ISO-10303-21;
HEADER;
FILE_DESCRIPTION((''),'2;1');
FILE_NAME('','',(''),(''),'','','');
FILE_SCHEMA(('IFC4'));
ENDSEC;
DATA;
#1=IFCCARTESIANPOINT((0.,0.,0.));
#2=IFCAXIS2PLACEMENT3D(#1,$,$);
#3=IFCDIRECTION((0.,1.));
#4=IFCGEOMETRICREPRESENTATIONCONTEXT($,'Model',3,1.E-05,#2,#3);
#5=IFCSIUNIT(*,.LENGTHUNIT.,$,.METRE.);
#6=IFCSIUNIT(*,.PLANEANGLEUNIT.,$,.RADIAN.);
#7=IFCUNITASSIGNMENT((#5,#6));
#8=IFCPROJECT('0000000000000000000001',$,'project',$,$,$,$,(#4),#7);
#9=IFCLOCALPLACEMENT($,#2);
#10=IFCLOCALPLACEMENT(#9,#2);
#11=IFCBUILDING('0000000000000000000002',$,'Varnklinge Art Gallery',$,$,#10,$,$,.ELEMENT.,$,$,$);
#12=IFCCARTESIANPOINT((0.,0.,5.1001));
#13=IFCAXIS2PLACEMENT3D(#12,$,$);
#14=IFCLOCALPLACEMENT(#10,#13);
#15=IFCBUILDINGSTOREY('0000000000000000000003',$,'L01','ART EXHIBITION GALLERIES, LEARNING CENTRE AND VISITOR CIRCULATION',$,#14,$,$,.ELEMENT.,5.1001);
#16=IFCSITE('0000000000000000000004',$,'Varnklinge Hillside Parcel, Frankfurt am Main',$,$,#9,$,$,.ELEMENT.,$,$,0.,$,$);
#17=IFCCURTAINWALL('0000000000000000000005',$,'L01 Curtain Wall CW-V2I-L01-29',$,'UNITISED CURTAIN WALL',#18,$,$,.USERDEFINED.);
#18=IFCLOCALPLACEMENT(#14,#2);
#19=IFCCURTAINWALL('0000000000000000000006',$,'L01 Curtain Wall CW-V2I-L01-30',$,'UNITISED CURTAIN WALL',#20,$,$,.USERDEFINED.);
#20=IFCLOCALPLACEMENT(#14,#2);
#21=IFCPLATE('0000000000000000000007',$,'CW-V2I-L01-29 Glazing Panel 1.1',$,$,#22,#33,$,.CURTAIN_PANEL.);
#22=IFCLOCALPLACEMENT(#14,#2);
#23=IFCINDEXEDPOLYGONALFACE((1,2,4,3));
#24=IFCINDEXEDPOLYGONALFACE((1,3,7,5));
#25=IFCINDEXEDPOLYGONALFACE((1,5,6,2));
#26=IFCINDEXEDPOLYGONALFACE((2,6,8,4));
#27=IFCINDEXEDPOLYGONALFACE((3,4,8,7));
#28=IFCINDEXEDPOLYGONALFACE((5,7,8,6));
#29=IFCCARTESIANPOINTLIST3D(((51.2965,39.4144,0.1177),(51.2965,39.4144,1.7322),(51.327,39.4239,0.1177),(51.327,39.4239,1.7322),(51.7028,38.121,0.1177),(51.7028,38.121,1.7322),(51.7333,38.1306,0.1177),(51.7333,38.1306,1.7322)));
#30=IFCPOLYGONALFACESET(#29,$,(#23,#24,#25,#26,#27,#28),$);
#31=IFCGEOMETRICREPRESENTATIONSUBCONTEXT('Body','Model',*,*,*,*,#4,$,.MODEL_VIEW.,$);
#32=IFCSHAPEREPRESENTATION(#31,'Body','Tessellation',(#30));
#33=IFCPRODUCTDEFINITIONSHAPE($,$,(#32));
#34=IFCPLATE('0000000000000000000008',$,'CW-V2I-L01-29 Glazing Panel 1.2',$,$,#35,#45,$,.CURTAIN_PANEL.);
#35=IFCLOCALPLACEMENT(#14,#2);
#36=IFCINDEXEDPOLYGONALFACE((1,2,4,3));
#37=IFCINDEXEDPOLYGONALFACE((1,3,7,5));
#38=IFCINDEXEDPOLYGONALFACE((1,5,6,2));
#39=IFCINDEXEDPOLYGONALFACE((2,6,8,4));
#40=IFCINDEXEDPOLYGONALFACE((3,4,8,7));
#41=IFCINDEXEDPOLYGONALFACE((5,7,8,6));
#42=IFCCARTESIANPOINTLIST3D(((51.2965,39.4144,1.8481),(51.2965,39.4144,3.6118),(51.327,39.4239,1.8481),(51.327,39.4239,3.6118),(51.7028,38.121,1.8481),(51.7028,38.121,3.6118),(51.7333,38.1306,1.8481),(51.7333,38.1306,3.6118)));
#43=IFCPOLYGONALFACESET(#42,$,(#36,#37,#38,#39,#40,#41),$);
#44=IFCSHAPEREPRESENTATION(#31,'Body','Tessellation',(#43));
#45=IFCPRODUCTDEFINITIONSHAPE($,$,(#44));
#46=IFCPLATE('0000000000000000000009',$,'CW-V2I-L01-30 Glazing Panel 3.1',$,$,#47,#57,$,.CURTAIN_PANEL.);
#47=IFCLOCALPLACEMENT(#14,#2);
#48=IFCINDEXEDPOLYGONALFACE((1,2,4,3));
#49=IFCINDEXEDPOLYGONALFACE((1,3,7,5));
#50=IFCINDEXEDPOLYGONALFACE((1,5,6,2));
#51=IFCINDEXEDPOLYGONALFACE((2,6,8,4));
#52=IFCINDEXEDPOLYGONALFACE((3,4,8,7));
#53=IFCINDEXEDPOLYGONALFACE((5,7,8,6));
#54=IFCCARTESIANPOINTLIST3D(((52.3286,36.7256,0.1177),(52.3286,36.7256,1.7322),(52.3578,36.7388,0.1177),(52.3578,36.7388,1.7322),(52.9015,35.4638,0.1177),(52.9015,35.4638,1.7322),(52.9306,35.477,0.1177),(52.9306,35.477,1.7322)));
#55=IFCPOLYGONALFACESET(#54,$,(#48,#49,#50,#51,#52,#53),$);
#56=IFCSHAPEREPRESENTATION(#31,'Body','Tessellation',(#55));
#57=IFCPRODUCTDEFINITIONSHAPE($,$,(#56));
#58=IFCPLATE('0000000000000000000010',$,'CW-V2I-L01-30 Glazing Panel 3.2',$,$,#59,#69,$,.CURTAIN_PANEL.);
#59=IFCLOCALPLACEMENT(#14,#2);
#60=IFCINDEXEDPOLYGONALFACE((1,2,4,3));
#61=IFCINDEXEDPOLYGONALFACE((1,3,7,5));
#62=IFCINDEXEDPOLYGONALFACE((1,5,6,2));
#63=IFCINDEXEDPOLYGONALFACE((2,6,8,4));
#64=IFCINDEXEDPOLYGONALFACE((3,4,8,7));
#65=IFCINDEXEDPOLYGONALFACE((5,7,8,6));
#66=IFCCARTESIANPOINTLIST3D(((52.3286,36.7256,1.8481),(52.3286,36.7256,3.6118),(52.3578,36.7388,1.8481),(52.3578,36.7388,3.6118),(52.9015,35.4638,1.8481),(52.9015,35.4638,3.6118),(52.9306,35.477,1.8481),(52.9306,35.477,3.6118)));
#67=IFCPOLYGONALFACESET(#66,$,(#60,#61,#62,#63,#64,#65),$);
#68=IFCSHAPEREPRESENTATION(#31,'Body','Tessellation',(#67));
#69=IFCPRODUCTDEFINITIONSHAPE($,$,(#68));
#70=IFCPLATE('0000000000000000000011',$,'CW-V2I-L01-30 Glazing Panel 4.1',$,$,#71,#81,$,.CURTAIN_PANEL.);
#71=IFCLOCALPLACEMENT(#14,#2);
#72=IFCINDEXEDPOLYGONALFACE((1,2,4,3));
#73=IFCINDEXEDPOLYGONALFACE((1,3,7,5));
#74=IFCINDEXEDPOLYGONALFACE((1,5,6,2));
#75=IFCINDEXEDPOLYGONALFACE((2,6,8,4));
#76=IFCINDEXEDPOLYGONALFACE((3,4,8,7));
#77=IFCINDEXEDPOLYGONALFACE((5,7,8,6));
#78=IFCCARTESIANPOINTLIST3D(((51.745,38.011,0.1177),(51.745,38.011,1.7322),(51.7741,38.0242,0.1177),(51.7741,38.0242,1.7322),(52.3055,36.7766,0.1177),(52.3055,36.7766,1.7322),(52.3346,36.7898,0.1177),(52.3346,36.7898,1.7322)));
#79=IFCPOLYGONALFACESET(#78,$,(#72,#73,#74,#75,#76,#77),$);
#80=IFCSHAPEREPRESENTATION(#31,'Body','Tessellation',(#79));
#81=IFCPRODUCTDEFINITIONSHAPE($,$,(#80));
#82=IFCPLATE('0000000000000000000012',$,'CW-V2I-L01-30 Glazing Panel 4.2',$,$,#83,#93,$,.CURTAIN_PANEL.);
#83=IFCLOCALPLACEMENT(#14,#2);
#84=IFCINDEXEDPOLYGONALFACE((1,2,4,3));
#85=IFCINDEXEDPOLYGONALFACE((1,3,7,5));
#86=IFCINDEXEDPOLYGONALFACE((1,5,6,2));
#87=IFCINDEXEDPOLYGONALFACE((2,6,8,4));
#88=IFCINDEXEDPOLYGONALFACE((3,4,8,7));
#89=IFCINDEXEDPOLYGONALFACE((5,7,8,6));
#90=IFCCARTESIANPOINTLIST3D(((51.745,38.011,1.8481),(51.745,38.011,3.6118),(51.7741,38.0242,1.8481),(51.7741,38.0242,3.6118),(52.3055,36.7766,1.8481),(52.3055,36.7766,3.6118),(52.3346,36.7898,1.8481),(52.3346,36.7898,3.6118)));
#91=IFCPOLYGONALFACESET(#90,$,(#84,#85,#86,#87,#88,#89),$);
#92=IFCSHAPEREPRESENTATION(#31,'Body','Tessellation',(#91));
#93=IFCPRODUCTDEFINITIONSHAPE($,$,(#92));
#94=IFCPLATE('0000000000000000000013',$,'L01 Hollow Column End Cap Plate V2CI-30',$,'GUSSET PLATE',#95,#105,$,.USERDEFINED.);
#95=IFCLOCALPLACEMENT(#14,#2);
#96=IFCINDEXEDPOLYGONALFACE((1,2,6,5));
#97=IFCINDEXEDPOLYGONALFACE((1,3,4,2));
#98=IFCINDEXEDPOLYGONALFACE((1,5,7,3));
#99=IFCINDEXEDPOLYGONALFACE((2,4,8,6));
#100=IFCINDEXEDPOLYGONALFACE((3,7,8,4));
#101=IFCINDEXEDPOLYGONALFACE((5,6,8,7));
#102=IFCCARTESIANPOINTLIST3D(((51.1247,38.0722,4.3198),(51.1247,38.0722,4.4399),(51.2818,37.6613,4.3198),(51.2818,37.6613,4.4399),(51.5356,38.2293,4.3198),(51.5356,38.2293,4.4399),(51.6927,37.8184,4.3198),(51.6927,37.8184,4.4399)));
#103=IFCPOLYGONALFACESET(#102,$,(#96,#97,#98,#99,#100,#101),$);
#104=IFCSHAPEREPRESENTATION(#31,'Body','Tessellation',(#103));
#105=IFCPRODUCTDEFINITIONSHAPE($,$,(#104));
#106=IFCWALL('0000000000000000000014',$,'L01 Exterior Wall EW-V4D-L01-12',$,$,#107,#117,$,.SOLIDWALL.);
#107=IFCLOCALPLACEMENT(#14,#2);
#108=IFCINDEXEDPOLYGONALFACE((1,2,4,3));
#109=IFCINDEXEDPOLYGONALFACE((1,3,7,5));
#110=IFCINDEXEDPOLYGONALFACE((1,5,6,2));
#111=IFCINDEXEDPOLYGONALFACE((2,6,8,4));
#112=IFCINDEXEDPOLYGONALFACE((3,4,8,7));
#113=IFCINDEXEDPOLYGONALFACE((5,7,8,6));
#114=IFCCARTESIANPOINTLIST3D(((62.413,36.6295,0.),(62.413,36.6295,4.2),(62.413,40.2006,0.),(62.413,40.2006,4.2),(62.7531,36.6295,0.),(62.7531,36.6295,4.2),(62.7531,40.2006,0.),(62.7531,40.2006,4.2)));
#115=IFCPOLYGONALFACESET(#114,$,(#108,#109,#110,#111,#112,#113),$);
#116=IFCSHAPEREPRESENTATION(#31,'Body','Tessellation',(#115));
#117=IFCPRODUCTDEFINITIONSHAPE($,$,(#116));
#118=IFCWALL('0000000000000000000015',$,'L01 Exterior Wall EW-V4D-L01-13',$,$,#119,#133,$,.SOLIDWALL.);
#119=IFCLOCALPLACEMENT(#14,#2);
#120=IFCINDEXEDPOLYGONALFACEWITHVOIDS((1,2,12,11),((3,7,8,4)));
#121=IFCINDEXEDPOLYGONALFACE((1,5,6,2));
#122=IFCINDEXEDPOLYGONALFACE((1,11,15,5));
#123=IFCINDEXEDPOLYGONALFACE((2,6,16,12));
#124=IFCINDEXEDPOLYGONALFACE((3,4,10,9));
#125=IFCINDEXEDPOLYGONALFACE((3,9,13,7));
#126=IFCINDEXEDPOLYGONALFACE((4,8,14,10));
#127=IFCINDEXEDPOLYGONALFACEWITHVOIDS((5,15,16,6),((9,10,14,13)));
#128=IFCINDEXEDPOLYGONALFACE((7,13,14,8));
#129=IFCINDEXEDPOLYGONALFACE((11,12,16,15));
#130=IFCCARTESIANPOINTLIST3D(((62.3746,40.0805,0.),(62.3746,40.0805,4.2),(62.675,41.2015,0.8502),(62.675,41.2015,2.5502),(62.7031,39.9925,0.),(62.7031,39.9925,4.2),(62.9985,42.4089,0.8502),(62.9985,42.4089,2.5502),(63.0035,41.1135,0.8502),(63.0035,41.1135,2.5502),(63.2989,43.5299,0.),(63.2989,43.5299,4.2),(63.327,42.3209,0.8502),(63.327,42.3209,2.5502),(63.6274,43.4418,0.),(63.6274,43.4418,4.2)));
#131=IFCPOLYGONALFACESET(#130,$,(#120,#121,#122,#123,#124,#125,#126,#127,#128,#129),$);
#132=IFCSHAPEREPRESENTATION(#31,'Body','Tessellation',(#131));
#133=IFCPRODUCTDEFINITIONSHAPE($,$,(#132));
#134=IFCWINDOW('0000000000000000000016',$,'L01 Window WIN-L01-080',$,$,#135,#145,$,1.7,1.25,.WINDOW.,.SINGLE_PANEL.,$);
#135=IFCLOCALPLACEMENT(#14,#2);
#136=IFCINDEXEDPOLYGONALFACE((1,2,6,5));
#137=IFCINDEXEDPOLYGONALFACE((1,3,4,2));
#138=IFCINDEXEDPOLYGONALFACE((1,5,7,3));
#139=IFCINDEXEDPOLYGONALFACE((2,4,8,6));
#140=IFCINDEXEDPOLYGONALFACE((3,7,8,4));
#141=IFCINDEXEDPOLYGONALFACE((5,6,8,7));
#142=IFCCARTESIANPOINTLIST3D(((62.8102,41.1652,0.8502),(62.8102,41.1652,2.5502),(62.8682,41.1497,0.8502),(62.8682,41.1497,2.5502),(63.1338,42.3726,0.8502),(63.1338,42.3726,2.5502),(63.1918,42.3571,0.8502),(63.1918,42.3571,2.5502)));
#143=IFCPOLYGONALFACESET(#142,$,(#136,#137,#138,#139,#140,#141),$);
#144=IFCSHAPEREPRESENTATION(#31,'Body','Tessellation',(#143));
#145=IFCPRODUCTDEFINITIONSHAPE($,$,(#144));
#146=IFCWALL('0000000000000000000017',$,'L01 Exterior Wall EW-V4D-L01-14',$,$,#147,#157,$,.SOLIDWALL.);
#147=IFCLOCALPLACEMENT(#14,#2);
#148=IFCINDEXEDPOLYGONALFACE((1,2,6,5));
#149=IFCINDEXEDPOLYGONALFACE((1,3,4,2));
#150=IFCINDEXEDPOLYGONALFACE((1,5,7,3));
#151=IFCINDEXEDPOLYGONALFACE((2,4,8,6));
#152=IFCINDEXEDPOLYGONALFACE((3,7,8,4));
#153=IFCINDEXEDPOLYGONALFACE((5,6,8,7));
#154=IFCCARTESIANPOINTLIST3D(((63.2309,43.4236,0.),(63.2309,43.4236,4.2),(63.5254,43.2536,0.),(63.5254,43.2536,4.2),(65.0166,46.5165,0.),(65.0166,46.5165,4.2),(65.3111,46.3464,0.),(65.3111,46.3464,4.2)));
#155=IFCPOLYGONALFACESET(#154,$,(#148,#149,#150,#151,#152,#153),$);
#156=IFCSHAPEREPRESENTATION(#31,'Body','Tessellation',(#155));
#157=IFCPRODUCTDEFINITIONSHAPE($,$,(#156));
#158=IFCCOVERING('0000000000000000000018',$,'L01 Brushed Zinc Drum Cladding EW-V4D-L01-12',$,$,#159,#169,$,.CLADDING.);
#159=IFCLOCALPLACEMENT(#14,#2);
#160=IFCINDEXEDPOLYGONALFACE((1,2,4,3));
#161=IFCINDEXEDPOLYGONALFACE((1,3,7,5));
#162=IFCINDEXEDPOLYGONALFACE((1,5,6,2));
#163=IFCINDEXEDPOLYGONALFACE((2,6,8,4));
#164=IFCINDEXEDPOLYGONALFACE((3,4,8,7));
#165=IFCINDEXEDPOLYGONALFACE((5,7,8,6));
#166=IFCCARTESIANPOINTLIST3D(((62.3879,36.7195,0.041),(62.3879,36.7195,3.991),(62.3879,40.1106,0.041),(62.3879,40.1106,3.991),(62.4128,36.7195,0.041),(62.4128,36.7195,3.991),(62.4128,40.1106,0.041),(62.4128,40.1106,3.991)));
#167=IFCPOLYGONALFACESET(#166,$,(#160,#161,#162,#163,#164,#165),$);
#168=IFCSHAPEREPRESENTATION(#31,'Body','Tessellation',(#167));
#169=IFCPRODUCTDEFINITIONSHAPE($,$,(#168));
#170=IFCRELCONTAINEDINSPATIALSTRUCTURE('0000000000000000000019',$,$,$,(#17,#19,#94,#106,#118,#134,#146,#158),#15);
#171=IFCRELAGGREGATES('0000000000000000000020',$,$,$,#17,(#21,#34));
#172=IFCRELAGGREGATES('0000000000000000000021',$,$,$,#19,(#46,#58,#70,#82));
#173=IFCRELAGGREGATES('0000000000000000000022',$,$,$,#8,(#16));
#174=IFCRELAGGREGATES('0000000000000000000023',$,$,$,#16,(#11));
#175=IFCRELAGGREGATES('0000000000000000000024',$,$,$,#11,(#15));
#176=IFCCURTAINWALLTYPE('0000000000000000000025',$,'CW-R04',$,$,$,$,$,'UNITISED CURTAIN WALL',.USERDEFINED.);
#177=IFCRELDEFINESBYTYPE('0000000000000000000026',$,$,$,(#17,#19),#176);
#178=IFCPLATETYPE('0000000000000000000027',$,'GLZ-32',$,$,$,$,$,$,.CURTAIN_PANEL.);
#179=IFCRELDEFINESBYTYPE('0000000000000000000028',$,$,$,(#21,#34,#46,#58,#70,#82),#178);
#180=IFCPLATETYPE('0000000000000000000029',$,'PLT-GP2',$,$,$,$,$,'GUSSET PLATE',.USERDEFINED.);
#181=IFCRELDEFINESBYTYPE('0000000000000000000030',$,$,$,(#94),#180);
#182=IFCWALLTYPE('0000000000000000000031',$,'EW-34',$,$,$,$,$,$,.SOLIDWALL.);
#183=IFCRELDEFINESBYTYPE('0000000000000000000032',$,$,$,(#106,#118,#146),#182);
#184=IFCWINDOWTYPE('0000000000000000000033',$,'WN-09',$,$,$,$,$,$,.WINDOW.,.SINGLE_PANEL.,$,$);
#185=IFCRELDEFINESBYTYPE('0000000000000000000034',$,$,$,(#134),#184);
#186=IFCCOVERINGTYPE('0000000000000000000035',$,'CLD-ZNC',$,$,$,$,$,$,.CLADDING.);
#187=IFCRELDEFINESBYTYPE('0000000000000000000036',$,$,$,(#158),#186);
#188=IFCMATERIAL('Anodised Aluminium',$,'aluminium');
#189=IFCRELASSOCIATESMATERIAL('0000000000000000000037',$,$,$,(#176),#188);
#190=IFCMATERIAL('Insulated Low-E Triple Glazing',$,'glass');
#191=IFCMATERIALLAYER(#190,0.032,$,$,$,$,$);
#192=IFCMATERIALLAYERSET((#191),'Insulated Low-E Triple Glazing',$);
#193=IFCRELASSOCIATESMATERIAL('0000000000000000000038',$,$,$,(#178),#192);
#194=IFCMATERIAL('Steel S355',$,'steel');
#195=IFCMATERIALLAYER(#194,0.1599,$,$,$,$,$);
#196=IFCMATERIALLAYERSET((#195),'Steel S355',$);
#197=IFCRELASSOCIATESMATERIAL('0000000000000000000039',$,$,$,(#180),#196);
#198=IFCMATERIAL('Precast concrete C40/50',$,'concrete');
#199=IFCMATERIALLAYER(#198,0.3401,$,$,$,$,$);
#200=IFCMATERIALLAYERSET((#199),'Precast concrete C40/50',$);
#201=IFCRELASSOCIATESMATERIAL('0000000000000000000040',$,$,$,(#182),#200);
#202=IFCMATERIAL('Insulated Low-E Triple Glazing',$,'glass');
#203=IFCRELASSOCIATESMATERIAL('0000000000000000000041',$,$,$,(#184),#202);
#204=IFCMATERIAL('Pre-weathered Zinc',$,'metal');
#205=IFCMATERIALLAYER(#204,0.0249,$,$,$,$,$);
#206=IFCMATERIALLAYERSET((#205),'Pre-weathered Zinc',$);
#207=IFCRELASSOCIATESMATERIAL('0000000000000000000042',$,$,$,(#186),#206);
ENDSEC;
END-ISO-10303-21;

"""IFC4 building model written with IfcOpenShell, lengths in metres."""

from ifc_helpers import new_model, si_unit, direction, frame, frame_2d, origin, origin_2d, place, context, subcontext, project, spatial, rectangle, extrude, material, layer, layer_set, type_object, element, fill, aggregate, save


model = new_model("IFC4")

# Units and contexts
model_context = context("Model", 3, precision=1e-05, world=origin(), true_north=direction((0.0, 1.0)))
body_context = subcontext(model_context, "Body", "Model", "MODEL_VIEW")
ifc_project = project(units=[si_unit("LENGTHUNIT", "METRE"), si_unit("PLANEANGLEUNIT", "RADIAN")], contexts=[model_context])

# Site, building, storey
site_placement = place(None, origin())
site = spatial("IfcSite", under=ifc_project, at=site_placement, Name="Varnklinge Hillside Parcel, Frankfurt am Main", CompositionType="ELEMENT", RefElevation=0.0)
building_placement = place(site_placement, origin())
building = spatial("IfcBuilding", under=site, at=building_placement, Name="Varnklinge Art Gallery", CompositionType="ELEMENT")
storey_placement = place(building_placement, frame((0.0, 0.0, 5.1001)))
storey = spatial("IfcBuildingStorey", under=building, at=storey_placement, Name="L01", Description="ART EXHIBITION GALLERIES, LEARNING CENTRE AND VISITOR CIRCULATION", CompositionType="ELEMENT", Elevation=5.1001)

# Curtain wall
ifc_material_1 = material(Name="Anodised Aluminium", Category="aluminium")
curtain_wall_type = type_object("IfcCurtainWallType", Name="CW-R04", ElementType="UNITISED CURTAIN WALL", PredefinedType="USERDEFINED", material=ifc_material_1)
curtain_wall_1_placement = place(storey_placement, origin())
curtain_wall_1 = element("IfcCurtainWall", 1, at=curtain_wall_1_placement, inside=storey, type_object=curtain_wall_type, Name="L01 Curtain Wall CW-V2I-L01-29", ObjectType="UNITISED CURTAIN WALL", PredefinedType="USERDEFINED")

# Curtain wall
curtain_wall_2_placement = place(storey_placement, origin())
curtain_wall_2 = element("IfcCurtainWall", 2, at=curtain_wall_2_placement, inside=storey, type_object=curtain_wall_type, Name="L01 Curtain Wall CW-V2I-L01-30", ObjectType="UNITISED CURTAIN WALL", PredefinedType="USERDEFINED")

# Plates
ifc_material_2 = material(Name="Insulated Low-E Triple Glazing", Category="glass")
ifc_layer_1 = layer(ifc_material_2, 0.032)
ifc_layer_set_1 = layer_set([ifc_layer_1], Name="Insulated Low-E Triple Glazing")
plate_type_1 = type_object("IfcPlateType", Name="GLZ-32", PredefinedType="CURTAIN_PANEL", material=ifc_layer_set_1)
plate_1_placement = place(storey_placement, frame((51.5149, 38.7725, 0.1177), z_axis=(0.0, 0.0, 1.0), x_axis=(-0.299707, 0.954031, 0.0)))
plate_1 = element("IfcPlate", 3, at=plate_1_placement, type_object=plate_type_1, Name="CW-V2I-L01-29 Glazing Panel 1.1", PredefinedType="CURTAIN_PANEL", context=body_context, shape_type="SweptSolid", body=[
    extrude(rectangle(XDim=1.3557, YDim=0.032, at=origin_2d()), origin(), (0.0, 0.0, 1.0), 1.6145),
])
plate_2_placement = place(storey_placement, frame((51.5149, 38.7725, 1.8481), z_axis=(0.0, 0.0, 1.0), x_axis=(-0.299707, 0.954031, 0.0)))
plate_2 = element("IfcPlate", 4, at=plate_2_placement, type_object=plate_type_1, Name="CW-V2I-L01-29 Glazing Panel 1.2", PredefinedType="CURTAIN_PANEL", context=body_context, shape_type="SweptSolid", body=[
    extrude(rectangle(XDim=1.3557, YDim=0.032, at=origin_2d()), origin(), (0.0, 0.0, 1.0), 1.7637),
])
aggregate(curtain_wall_1, [plate_1, plate_2])
plate_3_placement = place(storey_placement, frame((52.6296, 36.1013, 0.1177), z_axis=(0.0, 0.0, 1.0), x_axis=(-0.413422, 0.910539, 0.0)))
plate_3 = element("IfcPlate", 5, at=plate_3_placement, type_object=plate_type_1, Name="CW-V2I-L01-30 Glazing Panel 3.1", PredefinedType="CURTAIN_PANEL", context=body_context, shape_type="SweptSolid", body=[
    extrude(rectangle(XDim=1.3857, YDim=0.032, at=origin_2d()), origin(), (0.0, 0.0, 1.0), 1.6145),
])
plate_4_placement = place(storey_placement, frame((52.6296, 36.1013, 1.8481), z_axis=(0.0, 0.0, 1.0), x_axis=(-0.413422, 0.910539, 0.0)))
plate_4 = element("IfcPlate", 6, at=plate_4_placement, type_object=plate_type_1, Name="CW-V2I-L01-30 Glazing Panel 3.2", PredefinedType="CURTAIN_PANEL", context=body_context, shape_type="SweptSolid", body=[
    extrude(rectangle(XDim=1.3857, YDim=0.032, at=origin_2d()), origin(), (0.0, 0.0, 1.0), 1.7637),
])
plate_5_placement = place(storey_placement, frame((52.0398, 37.4004, 0.1177), z_axis=(0.0, 0.0, 1.0), x_axis=(-0.413422, 0.910539, 0.0)))
plate_5 = element("IfcPlate", 7, at=plate_5_placement, type_object=plate_type_1, Name="CW-V2I-L01-30 Glazing Panel 4.1", PredefinedType="CURTAIN_PANEL", context=body_context, shape_type="SweptSolid", body=[
    extrude(rectangle(XDim=1.3557, YDim=0.032, at=origin_2d()), origin(), (0.0, 0.0, 1.0), 1.6145),
])
plate_6_placement = place(storey_placement, frame((52.0398, 37.4004, 1.8481), z_axis=(0.0, 0.0, 1.0), x_axis=(-0.413422, 0.910539, 0.0)))
plate_6 = element("IfcPlate", 8, at=plate_6_placement, type_object=plate_type_1, Name="CW-V2I-L01-30 Glazing Panel 4.2", PredefinedType="CURTAIN_PANEL", context=body_context, shape_type="SweptSolid", body=[
    extrude(rectangle(XDim=1.3557, YDim=0.032, at=origin_2d()), origin(), (0.0, 0.0, 1.0), 1.7637),
])
aggregate(curtain_wall_2, [plate_3, plate_4, plate_5, plate_6])
ifc_material_3 = material(Name="Steel S355", Category="steel")
ifc_layer_2 = layer(ifc_material_3, 0.1599)
ifc_layer_set_2 = layer_set([ifc_layer_2], Name="Steel S355")
plate_type_2 = type_object("IfcPlateType", Name="PLT-GP2", ElementType="GUSSET PLATE", PredefinedType="USERDEFINED", material=ifc_layer_set_2)
plate_7_placement = place(storey_placement, frame((51.4087, 37.9453, 4.3198), z_axis=(0.0, 0.0, 1.0), x_axis=(0.934018, 0.357227, 0.0)))
element("IfcPlate", 9, at=plate_7_placement, inside=storey, type_object=plate_type_2, Name="L01 Hollow Column End Cap Plate V2CI-30", ObjectType="GUSSET PLATE", PredefinedType="USERDEFINED", context=body_context, shape_type="SweptSolid", body=[
    extrude(rectangle(XDim=0.4399, YDim=0.4399, at=origin_2d()), origin(), (0.0, 0.0, 1.0), 0.1201),
])

# Wall
ifc_material_4 = material(Name="Precast concrete C40/50", Category="concrete")
ifc_layer_3 = layer(ifc_material_4, 0.3401)
ifc_layer_set_3 = layer_set([ifc_layer_3], Name="Precast concrete C40/50")
wall_type = type_object("IfcWallType", Name="EW-34", PredefinedType="SOLIDWALL", material=ifc_layer_set_3)
wall_1_placement = place(storey_placement, frame((62.583, 36.6294, 0.0), z_axis=(0.0, 0.0, 1.0), x_axis=(0.0, 1.0, 0.0)))
element("IfcWall", 10, at=wall_1_placement, inside=storey, type_object=wall_type, Name="L01 Exterior Wall EW-V4D-L01-12", PredefinedType="SOLIDWALL", context=body_context, shape_type="SweptSolid", body=[
    extrude(rectangle(XDim=3.571, YDim=0.3401, at=frame_2d((1.7856, 0.0))), origin(), (0.0, 0.0, 1.0), 4.2),
])

# Wall, opening, window
wall_2_placement = place(storey_placement, frame((62.5388, 40.0364, 0.0), z_axis=(0.0, 0.0, 1.0), x_axis=(0.258828, 0.965923, 0.0)))
wall_2 = element("IfcWall", 11, at=wall_2_placement, inside=storey, type_object=wall_type, Name="L01 Exterior Wall EW-V4D-L01-13", PredefinedType="SOLIDWALL", context=body_context, shape_type="SweptSolid", body=[
    extrude(rectangle(XDim=3.571, YDim=0.3401, at=frame_2d((1.7856, 0.0))), origin(), (0.0, 0.0, 1.0), 4.2),
])
opening_placement = place(wall_2_placement, frame((1.1606, 0.0, 0.8501)))
opening = element("IfcOpeningElement", 12, at=opening_placement, cuts=wall_2, PredefinedType="OPENING", context=body_context, shape_type="SweptSolid", body=[
    extrude(rectangle(XDim=1.25, YDim=1.7, at=frame_2d((0.625, 0.8501))), frame((0.0, 0.1799, 0.0), z_axis=(0.0, -1.0, 0.0), x_axis=(1.0, 0.0, 0.0)), (0.0, 0.0, 1.0), 0.3601),
])
ifc_material_5 = material(Name="Insulated Low-E Triple Glazing", Category="glass")
window_type = type_object("IfcWindowType", Name="WN-09", PartitioningType="SINGLE_PANEL", PredefinedType="WINDOW", material=ifc_material_5)
window_placement = place(opening_placement, origin())
window = element("IfcWindow", 13, at=window_placement, inside=storey, type_object=window_type, Name="L01 Window WIN-L01-080", OverallHeight=1.7, OverallWidth=1.25, PartitioningType="SINGLE_PANEL", PredefinedType="WINDOW", context=body_context, shape_type="SweptSolid", body=[
    extrude(rectangle(XDim=1.25, YDim=1.7, at=frame_2d((0.625, 0.8501))), frame((0.0, 0.03, 0.0), z_axis=(0.0, -1.0, 0.0), x_axis=(1.0, 0.0, 0.0)), (0.0, 0.0, 1.0), 0.0601),
])
fill(opening, window)

# Wall
wall_3_placement = place(storey_placement, frame((63.3782, 43.3386, 0.0), z_axis=(0.0, 0.0, 1.0), x_axis=(0.500007, 0.866022, 0.0)))
element("IfcWall", 14, at=wall_3_placement, inside=storey, type_object=wall_type, Name="L01 Exterior Wall EW-V4D-L01-14", PredefinedType="SOLIDWALL", context=body_context, shape_type="SweptSolid", body=[
    extrude(rectangle(XDim=3.5713, YDim=0.3401, at=frame_2d((1.7856, 0.0))), origin(), (0.0, 0.0, 1.0), 4.2),
])

# Covering
ifc_material_6 = material(Name="Pre-weathered Zinc", Category="metal")
ifc_layer_4 = layer(ifc_material_6, 0.0249)
ifc_layer_set_4 = layer_set([ifc_layer_4], Name="Pre-weathered Zinc")
covering_type = type_object("IfcCoveringType", Name="CLD-ZNC", PredefinedType="CLADDING", material=ifc_layer_set_4)
covering_placement = place(storey_placement, frame((62.4004, 38.415, 0.041), z_axis=(0.0, 0.0, 1.0), x_axis=(0.0, 1.0, 0.0)))
element("IfcCovering", 15, at=covering_placement, inside=storey, type_object=covering_type, Name="L01 Brushed Zinc Drum Cladding EW-V4D-L01-12", PredefinedType="CLADDING", context=body_context, shape_type="SweptSolid", body=[
    extrude(rectangle(XDim=3.3911, YDim=0.0249, at=origin_2d()), origin(), (0.0, 0.0, 1.0), 3.95),
])

save(model, "model.ifc")
